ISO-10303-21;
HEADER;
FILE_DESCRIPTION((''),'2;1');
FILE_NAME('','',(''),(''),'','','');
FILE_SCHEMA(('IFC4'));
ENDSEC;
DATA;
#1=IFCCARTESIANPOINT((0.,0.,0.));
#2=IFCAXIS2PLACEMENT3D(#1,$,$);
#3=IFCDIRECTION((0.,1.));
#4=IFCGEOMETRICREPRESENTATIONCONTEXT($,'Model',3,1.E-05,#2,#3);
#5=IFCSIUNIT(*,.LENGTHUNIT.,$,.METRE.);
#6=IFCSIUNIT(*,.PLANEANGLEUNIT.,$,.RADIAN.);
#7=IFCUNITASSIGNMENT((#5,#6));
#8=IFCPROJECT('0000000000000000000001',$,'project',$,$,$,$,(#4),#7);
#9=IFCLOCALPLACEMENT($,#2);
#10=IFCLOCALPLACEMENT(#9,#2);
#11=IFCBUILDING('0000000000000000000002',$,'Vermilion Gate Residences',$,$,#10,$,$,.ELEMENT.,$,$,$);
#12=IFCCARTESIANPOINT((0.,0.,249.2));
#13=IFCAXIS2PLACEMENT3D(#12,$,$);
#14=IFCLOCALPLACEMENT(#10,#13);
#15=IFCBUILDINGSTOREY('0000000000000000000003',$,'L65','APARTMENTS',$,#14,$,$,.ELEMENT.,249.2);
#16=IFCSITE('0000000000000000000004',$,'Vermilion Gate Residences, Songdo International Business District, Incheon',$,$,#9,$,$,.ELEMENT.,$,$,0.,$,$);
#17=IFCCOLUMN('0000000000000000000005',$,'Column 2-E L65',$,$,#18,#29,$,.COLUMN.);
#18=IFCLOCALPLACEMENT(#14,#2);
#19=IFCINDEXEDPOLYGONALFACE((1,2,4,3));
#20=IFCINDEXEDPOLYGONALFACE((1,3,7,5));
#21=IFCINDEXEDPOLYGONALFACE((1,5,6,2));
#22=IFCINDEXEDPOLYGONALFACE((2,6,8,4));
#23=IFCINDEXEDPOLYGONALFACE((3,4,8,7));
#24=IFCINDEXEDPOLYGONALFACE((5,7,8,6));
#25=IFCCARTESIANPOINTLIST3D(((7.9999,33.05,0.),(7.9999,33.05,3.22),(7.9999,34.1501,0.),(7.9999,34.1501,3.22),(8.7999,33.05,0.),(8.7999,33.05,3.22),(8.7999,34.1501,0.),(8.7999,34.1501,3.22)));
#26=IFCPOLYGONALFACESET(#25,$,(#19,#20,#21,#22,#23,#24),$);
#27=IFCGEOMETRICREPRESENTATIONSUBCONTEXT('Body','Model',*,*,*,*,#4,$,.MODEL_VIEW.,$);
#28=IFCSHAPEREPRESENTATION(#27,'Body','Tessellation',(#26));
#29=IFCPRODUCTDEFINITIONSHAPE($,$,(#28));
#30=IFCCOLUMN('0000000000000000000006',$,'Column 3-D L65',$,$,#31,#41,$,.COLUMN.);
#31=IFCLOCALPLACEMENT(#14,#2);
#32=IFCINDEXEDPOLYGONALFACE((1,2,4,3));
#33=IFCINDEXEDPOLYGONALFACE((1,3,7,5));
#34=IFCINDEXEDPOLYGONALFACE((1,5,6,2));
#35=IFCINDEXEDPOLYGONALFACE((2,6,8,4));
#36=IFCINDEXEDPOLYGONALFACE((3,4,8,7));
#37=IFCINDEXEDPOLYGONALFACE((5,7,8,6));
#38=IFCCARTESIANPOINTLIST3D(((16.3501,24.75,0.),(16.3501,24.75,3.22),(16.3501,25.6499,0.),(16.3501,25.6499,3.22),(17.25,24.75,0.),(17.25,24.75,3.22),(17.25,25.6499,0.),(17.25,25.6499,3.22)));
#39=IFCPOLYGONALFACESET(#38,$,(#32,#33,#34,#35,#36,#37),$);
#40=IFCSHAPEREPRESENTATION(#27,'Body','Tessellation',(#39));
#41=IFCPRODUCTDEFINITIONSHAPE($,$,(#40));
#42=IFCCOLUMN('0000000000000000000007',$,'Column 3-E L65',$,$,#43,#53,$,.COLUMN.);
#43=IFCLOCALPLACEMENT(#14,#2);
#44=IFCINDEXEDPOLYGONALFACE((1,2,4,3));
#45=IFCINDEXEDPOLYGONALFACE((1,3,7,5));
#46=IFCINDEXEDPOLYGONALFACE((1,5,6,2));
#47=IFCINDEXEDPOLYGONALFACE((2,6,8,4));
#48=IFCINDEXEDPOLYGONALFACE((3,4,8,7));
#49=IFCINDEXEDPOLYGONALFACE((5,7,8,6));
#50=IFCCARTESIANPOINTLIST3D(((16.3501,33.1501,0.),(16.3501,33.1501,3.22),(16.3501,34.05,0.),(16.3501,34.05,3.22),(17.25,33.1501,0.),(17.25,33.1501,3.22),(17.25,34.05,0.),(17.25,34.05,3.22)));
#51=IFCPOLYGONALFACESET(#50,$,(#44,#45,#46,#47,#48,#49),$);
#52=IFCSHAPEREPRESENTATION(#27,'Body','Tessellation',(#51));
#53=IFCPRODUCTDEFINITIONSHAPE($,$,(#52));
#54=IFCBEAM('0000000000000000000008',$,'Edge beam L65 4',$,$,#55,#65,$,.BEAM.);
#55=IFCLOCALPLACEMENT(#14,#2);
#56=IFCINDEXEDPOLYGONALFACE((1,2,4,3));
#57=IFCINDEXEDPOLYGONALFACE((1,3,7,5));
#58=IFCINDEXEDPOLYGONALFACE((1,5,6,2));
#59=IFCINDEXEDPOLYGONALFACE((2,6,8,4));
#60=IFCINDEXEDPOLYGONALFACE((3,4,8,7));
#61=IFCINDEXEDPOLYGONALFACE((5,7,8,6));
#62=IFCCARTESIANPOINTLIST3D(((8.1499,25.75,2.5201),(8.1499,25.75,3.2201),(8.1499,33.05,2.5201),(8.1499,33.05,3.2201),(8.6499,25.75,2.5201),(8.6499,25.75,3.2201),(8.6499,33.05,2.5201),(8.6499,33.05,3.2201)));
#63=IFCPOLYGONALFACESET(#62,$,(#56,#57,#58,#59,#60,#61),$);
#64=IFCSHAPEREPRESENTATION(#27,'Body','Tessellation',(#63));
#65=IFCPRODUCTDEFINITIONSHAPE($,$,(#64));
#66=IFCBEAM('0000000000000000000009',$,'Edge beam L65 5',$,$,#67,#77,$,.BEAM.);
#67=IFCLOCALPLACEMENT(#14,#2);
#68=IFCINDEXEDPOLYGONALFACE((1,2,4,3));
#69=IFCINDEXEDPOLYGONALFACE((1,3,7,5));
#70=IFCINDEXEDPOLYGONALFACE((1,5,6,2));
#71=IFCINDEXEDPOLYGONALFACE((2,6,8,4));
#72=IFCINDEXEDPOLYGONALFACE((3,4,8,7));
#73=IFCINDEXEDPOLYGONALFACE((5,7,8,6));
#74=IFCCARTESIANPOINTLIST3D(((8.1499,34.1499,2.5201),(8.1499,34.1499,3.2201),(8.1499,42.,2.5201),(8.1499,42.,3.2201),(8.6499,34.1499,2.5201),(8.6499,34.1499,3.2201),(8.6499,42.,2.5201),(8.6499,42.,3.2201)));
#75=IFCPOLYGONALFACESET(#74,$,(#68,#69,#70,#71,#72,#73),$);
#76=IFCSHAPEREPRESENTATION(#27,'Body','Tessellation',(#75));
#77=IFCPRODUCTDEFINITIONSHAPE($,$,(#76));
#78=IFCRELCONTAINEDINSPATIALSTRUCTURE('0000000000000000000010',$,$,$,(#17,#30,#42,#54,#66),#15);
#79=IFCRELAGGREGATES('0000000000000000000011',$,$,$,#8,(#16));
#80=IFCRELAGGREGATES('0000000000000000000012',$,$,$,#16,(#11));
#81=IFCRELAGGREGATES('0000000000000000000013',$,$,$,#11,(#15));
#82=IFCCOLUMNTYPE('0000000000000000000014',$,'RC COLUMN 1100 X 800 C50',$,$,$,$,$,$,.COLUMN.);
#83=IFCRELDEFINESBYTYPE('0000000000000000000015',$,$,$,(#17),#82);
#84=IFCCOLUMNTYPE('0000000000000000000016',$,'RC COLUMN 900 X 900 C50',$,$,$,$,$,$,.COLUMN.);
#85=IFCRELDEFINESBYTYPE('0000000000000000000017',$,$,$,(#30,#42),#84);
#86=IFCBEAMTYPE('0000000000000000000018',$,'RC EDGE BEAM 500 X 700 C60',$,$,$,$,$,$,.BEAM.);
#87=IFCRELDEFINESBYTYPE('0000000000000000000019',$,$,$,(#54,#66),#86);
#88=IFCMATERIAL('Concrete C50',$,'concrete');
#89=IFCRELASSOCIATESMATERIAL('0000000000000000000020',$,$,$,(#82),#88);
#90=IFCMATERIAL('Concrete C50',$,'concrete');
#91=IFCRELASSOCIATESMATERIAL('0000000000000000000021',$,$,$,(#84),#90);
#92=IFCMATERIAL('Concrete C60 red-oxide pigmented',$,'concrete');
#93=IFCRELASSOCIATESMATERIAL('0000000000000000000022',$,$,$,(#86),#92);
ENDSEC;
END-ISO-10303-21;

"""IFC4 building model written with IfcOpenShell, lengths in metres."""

from ifc_helpers import new_model, si_unit, direction, frame, origin, origin_2d, place, context, subcontext, project, spatial, rectangle, extrude, material, material_profile, profile_set, type_object, element, save


model = new_model("IFC4")

# Units and contexts
model_context = context("Model", 3, precision=1e-05, world=origin(), true_north=direction((0.0, 1.0)))
body_context = subcontext(model_context, "Body", "Model", "MODEL_VIEW")
ifc_project = project(units=[si_unit("LENGTHUNIT", "METRE"), si_unit("PLANEANGLEUNIT", "RADIAN")], contexts=[model_context])

# Site, building, storey
site_placement = place(None, origin())
site = spatial("IfcSite", under=ifc_project, at=site_placement, Name="Vermilion Gate Residences, Songdo International Business District, Incheon", CompositionType="ELEMENT", RefElevation=0.0)
building_placement = place(site_placement, origin())
building = spatial("IfcBuilding", under=site, at=building_placement, Name="Vermilion Gate Residences", CompositionType="ELEMENT")
storey_placement = place(building_placement, frame((0.0, 0.0, 249.2)))
storey = spatial("IfcBuildingStorey", under=building, at=storey_placement, Name="L65", Description="APARTMENTS", CompositionType="ELEMENT", Elevation=249.2)

# Columns
ifc_material_1 = material(Name="Concrete C50", Category="concrete")
ifc_material_profile_1 = material_profile(ifc_material_1, rectangle(XDim=1.1001, YDim=0.8, at=origin_2d()), Name="RC-1100x800")
ifc_profile_set_1 = profile_set([ifc_material_profile_1], Name="Concrete C50")
column_type_1 = type_object("IfcColumnType", Name="RC COLUMN 1100 X 800 C50", PredefinedType="COLUMN", material=ifc_profile_set_1)
column_placement = place(storey_placement, frame((8.3999, 33.6001, 0.0), z_axis=(0.0, 0.0, 1.0), x_axis=(0.0, 1.0, 0.0)))
element("IfcColumn", 1, at=column_placement, inside=storey, type_object=column_type_1, Name="Column 2-E L65", PredefinedType="COLUMN", context=body_context, shape_type="SweptSolid", body=[
    extrude(rectangle(XDim=1.1001, YDim=0.8, at=origin_2d()), origin(), (0.0, 0.0, 1.0), 3.22),
])
ifc_material_2 = material(Name="Concrete C50", Category="concrete")
ifc_material_profile_2 = material_profile(ifc_material_2, rectangle(XDim=0.8999, YDim=0.8999, at=origin_2d()), Name="RC-900x900")
ifc_profile_set_2 = profile_set([ifc_material_profile_2], Name="Concrete C50")
column_type_2 = type_object("IfcColumnType", Name="RC COLUMN 900 X 900 C50", PredefinedType="COLUMN", material=ifc_profile_set_2)
for number, where, z_axis, x_axis, name in (
    (2, (16.8, 25.2, 0.0), (0.0, 0.0, 1.0), (1.0, 0.0, 0.0), "Column 3-D L65"),
    (3, (16.8, 33.6001, 0.0), (0.0, 0.0, 1.0), (1.0, 0.0, 0.0), "Column 3-E L65"),
):
    element("IfcColumn", number, at=place(storey_placement, frame(where, z_axis=z_axis, x_axis=x_axis)), inside=storey, type_object=column_type_2, Name=name, PredefinedType="COLUMN", context=body_context, shape_type="SweptSolid", body=[
        extrude(rectangle(XDim=0.8999, YDim=0.8999, at=origin_2d()), origin(), (0.0, 0.0, 1.0), 3.22),
    ])

# Beams
ifc_material_3 = material(Name="Concrete C60 red-oxide pigmented", Category="concrete")
ifc_material_profile_3 = material_profile(ifc_material_3, rectangle(XDim=0.5, YDim=0.7, at=origin_2d()), Name="RC-500x700")
ifc_profile_set_3 = profile_set([ifc_material_profile_3], Name="Concrete C60 red-oxide pigmented")
beam_type = type_object("IfcBeamType", Name="RC EDGE BEAM 500 X 700 C60", PredefinedType="BEAM", material=ifc_profile_set_3)
beam_1_placement = place(storey_placement, frame((8.3999, 25.75, 2.8701), z_axis=(0.0, 1.0, 0.0), x_axis=(-1.0, 0.0, 0.0)))
element("IfcBeam", 4, at=beam_1_placement, inside=storey, type_object=beam_type, Name="Edge beam L65 4", PredefinedType="BEAM", context=body_context, shape_type="SweptSolid", body=[
    extrude(rectangle(XDim=0.5, YDim=0.7, at=origin_2d()), origin(), (0.0, 0.0, 1.0), 7.3),
])
beam_2_placement = place(storey_placement, frame((8.3999, 34.1499, 2.8701), z_axis=(0.0, 1.0, 0.0), x_axis=(-1.0, 0.0, 0.0)))
element("IfcBeam", 5, at=beam_2_placement, inside=storey, type_object=beam_type, Name="Edge beam L65 5", PredefinedType="BEAM", context=body_context, shape_type="SweptSolid", body=[
    extrude(rectangle(XDim=0.5, YDim=0.7, at=origin_2d()), origin(), (0.0, 0.0, 1.0), 7.8501),
])

save(model, "model.ifc")
